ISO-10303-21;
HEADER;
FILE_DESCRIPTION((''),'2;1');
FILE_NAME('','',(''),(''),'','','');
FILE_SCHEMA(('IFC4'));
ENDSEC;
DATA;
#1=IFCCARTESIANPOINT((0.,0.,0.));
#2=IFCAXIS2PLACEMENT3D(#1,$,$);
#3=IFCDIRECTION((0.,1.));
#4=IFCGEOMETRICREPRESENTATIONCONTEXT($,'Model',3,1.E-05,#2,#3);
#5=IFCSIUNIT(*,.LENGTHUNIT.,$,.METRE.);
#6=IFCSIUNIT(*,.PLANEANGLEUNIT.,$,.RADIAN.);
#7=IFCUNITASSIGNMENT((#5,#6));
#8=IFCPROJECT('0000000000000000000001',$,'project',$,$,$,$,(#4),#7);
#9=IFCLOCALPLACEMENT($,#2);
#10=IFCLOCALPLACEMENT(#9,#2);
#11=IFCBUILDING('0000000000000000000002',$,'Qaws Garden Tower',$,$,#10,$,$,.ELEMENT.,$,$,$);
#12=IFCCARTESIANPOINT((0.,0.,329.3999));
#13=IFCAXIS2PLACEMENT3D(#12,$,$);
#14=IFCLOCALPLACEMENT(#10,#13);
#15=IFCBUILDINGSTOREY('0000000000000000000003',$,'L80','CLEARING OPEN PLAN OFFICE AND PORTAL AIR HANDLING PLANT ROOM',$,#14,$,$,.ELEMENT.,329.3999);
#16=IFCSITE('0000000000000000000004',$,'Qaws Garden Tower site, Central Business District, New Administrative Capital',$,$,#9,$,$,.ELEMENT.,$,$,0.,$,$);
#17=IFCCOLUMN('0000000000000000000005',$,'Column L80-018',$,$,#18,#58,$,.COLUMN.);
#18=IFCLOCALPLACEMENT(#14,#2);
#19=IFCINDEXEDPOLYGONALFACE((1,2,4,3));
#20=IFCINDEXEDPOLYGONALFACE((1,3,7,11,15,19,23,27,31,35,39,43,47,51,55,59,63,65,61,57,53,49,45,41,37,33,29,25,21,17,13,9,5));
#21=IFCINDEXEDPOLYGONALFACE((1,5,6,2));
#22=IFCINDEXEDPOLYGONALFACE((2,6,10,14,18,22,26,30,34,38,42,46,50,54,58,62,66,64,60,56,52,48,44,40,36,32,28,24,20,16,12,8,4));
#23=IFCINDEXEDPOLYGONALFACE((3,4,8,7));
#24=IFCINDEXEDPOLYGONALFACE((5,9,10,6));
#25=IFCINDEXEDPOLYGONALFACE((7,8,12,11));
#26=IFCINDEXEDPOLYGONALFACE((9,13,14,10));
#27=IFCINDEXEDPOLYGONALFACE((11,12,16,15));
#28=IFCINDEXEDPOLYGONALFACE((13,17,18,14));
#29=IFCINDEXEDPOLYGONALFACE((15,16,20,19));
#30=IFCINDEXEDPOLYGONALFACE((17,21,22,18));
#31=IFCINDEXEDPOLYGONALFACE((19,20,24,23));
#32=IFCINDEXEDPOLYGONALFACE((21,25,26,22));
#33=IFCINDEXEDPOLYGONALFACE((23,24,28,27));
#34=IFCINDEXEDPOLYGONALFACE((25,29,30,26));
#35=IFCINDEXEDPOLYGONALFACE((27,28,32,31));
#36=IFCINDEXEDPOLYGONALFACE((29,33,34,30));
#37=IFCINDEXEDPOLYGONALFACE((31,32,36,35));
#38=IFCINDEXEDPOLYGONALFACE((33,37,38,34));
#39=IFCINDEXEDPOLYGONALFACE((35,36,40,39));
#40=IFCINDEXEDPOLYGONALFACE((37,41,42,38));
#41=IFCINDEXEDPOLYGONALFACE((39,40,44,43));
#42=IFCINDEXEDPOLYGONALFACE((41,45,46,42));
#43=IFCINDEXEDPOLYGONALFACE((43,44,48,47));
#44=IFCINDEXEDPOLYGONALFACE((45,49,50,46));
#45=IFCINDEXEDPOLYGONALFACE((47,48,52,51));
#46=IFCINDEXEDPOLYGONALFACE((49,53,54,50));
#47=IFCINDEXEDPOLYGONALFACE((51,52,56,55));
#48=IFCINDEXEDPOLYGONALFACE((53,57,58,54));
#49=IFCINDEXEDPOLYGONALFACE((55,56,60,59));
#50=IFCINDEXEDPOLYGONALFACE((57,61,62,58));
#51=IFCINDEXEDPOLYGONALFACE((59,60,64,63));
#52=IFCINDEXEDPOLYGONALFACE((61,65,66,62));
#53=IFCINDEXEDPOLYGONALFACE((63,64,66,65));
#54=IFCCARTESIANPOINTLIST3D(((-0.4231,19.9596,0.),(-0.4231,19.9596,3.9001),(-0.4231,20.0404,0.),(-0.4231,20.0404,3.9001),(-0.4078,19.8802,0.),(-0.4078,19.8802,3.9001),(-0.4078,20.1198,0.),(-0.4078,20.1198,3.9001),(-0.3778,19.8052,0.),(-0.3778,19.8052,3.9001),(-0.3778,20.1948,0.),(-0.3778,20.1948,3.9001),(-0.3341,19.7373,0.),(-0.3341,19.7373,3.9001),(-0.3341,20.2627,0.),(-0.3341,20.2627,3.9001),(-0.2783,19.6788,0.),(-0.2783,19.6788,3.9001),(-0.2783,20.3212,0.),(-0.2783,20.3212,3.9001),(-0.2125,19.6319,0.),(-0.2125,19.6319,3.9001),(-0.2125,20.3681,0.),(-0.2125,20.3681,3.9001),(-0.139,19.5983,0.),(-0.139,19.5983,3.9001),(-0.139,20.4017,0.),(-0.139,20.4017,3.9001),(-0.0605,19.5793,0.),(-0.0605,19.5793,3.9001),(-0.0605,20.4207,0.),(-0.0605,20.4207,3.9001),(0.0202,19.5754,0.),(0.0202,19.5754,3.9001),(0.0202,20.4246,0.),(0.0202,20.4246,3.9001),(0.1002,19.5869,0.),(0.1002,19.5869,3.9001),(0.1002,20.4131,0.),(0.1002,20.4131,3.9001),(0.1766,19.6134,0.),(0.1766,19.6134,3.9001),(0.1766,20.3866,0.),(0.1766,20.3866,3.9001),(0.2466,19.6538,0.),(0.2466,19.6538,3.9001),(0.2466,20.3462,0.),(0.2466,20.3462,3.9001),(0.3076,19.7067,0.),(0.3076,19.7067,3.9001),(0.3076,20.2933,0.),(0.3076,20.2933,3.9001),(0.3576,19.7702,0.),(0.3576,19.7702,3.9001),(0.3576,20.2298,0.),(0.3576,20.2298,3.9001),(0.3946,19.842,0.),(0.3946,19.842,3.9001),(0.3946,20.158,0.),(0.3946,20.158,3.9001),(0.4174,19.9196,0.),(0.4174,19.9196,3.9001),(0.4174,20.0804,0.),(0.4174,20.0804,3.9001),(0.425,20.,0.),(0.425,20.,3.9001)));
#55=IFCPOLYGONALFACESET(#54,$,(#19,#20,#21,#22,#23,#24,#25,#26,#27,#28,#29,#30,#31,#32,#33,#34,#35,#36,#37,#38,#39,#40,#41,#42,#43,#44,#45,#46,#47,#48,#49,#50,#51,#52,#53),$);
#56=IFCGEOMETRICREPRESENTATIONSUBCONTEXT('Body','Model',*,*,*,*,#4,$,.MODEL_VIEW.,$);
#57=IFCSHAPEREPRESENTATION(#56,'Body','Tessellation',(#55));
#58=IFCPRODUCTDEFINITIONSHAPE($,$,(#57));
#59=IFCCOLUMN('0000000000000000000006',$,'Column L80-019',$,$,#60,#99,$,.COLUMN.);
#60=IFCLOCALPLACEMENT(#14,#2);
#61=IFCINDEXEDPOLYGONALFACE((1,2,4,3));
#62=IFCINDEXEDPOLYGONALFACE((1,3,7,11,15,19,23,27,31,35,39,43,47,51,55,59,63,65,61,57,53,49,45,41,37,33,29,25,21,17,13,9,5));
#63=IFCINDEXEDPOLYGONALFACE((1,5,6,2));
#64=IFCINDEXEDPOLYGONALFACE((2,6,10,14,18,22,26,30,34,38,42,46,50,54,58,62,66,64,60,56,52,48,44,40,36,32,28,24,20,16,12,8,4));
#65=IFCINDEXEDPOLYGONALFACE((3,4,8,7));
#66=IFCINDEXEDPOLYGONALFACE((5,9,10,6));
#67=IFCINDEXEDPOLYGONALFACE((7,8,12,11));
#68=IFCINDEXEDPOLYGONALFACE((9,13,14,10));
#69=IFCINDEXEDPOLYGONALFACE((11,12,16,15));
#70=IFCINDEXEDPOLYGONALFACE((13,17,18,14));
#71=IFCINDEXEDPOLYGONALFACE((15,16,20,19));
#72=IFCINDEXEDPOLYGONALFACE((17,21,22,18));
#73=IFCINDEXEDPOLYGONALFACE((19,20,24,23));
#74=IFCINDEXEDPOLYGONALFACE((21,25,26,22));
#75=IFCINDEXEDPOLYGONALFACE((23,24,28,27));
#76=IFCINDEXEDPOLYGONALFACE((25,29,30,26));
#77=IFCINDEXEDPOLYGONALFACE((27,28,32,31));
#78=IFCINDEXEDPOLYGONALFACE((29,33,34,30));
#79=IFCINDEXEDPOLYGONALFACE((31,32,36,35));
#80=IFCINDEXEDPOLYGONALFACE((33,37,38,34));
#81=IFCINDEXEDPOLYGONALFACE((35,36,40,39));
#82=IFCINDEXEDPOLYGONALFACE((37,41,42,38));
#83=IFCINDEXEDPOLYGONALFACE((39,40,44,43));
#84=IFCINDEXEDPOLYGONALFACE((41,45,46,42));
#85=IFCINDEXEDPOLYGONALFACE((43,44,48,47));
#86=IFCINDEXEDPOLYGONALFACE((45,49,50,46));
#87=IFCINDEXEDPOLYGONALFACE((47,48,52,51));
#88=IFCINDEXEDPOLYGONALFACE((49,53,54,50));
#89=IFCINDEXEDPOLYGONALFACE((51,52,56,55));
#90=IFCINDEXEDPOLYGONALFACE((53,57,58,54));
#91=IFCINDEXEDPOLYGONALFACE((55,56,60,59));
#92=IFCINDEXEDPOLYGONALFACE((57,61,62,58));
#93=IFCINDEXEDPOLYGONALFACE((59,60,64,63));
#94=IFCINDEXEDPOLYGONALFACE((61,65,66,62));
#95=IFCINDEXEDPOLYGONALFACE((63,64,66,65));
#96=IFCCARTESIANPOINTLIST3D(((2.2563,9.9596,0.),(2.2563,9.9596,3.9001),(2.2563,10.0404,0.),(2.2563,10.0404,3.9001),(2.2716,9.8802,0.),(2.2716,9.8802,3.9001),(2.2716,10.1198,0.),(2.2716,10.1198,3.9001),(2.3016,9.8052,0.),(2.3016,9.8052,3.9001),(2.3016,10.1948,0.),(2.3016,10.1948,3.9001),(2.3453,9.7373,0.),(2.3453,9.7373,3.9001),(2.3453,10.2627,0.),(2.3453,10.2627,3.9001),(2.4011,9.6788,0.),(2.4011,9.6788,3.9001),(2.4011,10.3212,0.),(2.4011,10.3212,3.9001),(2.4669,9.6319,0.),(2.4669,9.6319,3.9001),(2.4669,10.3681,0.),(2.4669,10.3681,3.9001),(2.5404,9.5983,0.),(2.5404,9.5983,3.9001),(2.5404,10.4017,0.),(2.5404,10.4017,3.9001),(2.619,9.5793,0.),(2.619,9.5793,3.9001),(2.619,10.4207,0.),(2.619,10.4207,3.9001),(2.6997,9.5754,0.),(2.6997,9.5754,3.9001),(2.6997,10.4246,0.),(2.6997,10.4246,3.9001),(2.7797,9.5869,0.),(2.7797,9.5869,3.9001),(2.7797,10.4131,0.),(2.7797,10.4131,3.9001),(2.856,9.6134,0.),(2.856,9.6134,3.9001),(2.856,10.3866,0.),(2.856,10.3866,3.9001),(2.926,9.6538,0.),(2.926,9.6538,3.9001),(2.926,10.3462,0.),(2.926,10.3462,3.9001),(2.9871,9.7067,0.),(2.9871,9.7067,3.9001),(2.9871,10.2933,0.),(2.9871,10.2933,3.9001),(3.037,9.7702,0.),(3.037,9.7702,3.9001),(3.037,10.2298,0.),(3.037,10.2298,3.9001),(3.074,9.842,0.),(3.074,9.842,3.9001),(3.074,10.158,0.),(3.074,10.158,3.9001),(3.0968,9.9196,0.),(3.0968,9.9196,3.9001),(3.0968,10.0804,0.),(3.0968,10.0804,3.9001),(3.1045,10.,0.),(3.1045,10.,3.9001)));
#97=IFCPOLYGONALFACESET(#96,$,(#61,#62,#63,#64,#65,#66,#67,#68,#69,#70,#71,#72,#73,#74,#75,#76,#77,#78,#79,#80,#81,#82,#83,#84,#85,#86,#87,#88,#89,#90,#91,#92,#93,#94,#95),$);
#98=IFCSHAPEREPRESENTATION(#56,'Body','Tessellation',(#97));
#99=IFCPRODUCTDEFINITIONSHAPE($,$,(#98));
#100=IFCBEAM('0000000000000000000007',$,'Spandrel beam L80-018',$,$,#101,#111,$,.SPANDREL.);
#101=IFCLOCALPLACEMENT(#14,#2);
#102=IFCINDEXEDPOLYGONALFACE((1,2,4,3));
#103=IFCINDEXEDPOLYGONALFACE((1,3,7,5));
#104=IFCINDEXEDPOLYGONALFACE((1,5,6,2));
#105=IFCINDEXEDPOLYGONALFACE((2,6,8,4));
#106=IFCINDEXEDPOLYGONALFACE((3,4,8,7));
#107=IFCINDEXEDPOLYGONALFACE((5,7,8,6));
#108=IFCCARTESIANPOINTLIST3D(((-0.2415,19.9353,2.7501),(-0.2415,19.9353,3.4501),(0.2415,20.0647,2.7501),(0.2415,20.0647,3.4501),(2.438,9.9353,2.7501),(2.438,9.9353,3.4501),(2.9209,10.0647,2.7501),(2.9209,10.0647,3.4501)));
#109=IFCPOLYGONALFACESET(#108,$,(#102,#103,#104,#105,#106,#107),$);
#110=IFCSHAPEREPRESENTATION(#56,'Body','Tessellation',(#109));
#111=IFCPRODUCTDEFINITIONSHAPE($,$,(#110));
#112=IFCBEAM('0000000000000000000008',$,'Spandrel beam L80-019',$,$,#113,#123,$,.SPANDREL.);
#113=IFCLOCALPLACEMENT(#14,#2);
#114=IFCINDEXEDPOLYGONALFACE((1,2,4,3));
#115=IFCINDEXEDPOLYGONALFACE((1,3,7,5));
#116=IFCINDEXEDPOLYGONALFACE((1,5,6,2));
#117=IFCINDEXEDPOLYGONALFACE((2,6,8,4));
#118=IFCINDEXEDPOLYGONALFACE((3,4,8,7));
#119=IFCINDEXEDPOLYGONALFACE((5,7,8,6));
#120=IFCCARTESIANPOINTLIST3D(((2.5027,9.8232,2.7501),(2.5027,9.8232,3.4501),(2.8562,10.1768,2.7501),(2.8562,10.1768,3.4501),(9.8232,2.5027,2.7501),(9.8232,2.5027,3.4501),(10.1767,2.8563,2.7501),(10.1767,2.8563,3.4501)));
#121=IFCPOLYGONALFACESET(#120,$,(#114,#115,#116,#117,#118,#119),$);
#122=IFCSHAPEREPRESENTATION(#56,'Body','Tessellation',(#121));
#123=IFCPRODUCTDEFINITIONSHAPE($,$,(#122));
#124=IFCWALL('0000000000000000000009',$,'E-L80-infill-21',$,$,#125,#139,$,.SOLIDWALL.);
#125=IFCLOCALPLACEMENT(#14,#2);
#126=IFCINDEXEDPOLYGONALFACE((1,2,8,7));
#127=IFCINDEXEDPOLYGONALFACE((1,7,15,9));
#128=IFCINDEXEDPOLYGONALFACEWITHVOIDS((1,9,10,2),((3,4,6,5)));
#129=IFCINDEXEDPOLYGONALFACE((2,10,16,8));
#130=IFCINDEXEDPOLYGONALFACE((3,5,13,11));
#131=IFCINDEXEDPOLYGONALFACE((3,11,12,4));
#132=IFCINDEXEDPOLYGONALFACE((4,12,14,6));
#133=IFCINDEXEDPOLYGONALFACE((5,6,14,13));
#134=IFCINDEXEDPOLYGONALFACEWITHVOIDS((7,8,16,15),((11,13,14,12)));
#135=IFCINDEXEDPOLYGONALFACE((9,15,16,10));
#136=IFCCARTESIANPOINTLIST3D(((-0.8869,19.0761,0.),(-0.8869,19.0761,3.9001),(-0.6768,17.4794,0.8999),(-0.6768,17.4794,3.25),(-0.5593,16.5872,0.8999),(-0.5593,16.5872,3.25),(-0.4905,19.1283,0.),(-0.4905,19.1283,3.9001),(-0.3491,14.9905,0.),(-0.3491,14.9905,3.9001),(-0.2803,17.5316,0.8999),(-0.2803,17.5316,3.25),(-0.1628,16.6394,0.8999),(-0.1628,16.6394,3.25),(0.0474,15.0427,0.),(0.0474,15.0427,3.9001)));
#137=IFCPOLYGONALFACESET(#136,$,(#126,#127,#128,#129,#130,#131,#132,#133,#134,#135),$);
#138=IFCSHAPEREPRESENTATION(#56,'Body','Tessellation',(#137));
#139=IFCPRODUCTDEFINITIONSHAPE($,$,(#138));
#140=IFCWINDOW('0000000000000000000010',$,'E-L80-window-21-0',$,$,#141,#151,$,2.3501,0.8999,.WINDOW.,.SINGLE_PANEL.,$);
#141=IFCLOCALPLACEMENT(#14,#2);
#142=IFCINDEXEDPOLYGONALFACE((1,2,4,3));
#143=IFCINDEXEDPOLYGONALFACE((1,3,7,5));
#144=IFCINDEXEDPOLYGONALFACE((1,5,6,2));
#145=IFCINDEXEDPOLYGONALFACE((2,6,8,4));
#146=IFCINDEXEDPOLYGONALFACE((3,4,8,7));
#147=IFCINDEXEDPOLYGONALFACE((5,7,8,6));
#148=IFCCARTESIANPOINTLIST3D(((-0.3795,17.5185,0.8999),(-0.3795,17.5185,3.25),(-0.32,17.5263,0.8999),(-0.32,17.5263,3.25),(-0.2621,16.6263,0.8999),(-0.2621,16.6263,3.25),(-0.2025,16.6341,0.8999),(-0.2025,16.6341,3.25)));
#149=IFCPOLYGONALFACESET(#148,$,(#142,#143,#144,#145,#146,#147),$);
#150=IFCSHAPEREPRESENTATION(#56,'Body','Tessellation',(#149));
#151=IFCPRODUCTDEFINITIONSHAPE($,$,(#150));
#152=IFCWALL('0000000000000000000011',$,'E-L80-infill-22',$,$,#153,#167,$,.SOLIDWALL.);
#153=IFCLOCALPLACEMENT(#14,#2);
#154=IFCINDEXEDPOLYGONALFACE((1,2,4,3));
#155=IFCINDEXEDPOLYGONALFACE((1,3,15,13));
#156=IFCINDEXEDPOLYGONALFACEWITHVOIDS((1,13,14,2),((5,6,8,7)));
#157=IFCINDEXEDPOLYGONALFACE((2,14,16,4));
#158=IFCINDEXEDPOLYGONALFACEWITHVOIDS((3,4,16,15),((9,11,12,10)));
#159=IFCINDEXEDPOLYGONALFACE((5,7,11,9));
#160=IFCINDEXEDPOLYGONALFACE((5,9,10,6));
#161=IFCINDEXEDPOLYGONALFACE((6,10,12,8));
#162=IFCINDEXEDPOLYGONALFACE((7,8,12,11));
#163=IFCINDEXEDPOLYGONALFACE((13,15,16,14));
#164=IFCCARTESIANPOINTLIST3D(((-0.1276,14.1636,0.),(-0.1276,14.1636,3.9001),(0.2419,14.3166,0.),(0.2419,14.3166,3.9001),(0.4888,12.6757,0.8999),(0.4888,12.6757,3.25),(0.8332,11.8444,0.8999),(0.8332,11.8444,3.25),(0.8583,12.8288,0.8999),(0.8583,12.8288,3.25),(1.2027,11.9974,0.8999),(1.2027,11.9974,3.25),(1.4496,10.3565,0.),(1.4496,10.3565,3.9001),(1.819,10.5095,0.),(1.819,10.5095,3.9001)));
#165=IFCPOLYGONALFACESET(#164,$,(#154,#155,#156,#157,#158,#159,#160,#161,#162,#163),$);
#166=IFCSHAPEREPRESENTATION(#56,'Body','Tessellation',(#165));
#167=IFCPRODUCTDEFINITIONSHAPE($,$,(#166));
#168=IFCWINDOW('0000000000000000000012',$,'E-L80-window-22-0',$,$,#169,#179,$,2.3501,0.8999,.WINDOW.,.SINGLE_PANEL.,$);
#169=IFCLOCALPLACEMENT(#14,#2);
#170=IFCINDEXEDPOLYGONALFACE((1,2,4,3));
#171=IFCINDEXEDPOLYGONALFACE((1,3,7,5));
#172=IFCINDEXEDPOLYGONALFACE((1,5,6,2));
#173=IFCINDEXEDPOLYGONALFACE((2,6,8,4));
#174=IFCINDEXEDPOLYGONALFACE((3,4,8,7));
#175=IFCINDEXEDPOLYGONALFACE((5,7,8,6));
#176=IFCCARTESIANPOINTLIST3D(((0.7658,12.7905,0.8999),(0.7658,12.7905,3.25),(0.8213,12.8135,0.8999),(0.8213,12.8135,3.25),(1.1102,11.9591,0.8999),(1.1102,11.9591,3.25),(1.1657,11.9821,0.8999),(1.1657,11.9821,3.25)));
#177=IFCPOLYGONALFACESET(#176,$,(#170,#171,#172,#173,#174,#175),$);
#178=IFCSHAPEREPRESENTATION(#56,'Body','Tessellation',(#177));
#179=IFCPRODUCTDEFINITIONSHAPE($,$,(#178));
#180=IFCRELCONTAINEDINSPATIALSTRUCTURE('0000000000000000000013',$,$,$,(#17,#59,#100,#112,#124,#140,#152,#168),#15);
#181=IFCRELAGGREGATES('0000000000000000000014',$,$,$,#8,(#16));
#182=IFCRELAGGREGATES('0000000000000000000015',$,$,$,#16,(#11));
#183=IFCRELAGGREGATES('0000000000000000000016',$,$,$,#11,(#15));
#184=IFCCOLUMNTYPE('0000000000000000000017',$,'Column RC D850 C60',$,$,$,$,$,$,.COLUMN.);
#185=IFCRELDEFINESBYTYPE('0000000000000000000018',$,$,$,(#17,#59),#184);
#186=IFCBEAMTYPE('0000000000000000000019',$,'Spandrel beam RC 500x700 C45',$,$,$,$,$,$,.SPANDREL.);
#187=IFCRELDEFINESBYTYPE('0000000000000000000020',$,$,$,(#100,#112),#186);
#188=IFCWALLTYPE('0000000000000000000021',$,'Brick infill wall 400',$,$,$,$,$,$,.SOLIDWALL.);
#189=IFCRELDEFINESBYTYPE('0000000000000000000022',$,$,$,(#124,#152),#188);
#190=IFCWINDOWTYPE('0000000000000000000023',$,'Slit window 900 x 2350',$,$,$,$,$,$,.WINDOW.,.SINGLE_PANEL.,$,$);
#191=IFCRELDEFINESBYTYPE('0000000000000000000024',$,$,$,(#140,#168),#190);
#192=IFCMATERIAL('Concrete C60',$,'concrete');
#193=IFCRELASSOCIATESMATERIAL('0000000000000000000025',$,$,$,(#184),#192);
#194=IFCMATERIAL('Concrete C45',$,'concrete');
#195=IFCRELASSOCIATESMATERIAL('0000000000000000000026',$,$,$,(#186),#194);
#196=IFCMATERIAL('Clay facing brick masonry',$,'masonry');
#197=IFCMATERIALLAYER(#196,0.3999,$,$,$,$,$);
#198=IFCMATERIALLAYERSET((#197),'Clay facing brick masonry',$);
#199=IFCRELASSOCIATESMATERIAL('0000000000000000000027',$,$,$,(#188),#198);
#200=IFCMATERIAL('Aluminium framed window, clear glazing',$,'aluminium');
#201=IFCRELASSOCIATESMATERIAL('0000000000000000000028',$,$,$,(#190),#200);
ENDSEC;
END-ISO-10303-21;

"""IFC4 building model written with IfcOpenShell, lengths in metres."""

from ifc_helpers import new_model, si_unit, direction, frame, frame_2d, origin, origin_2d, place, context, subcontext, project, spatial, rectangle, circle, extrude, material, layer, layer_set, material_profile, profile_set, type_object, element, fill, save


model = new_model("IFC4")

# Units and contexts
model_context = context("Model", 3, precision=1e-05, world=origin(), true_north=direction((0.0, 1.0)))
body_context = subcontext(model_context, "Body", "Model", "MODEL_VIEW")
ifc_project = project(units=[si_unit("LENGTHUNIT", "METRE"), si_unit("PLANEANGLEUNIT", "RADIAN")], contexts=[model_context])

# Site, building, storey
site_placement = place(None, origin())
site = spatial("IfcSite", under=ifc_project, at=site_placement, Name="Qaws Garden Tower site, Central Business District, New Administrative Capital", CompositionType="ELEMENT", RefElevation=0.0)
building_placement = place(site_placement, origin())
building = spatial("IfcBuilding", under=site, at=building_placement, Name="Qaws Garden Tower", CompositionType="ELEMENT")
storey_placement = place(building_placement, frame((0.0, 0.0, 329.3999)))
storey = spatial("IfcBuildingStorey", under=building, at=storey_placement, Name="L80", Description="CLEARING OPEN PLAN OFFICE AND PORTAL AIR HANDLING PLANT ROOM", CompositionType="ELEMENT", Elevation=329.3999)

# Columns
ifc_material_1 = material(Name="Concrete C60", Category="concrete")
ifc_material_profile_1 = material_profile(ifc_material_1, circle(Radius=0.425, at=origin_2d()), Name="RC D850")
ifc_profile_set_1 = profile_set([ifc_material_profile_1], Name="Concrete C60")
column_type = type_object("IfcColumnType", Name="Column RC D850 C60", PredefinedType="COLUMN", material=ifc_profile_set_1)
for number, where, z_axis, x_axis, name in (
    (1, (0.0, 20.0, 0.0), (0.0, 0.0, 1.0), (1.0, 0.0, 0.0), "Column L80-018"),
    (2, (2.6794, 10.0, 0.0), (0.0, 0.0, 1.0), (1.0, 0.0, 0.0), "Column L80-019"),
):
    element("IfcColumn", number, at=place(storey_placement, frame(where, z_axis=z_axis, x_axis=x_axis)), inside=storey, type_object=column_type, Name=name, PredefinedType="COLUMN", context=body_context, shape_type="SweptSolid", body=[
        extrude(circle(Radius=0.425, at=origin_2d()), origin(), (0.0, 0.0, 1.0), 3.9001),
    ])

# Beams
ifc_material_2 = material(Name="Concrete C45", Category="concrete")
ifc_material_profile_2 = material_profile(ifc_material_2, rectangle(XDim=0.5, YDim=0.7, at=origin_2d()), Name="RC 500x700")
ifc_profile_set_2 = profile_set([ifc_material_profile_2], Name="Concrete C45")
beam_type = type_object("IfcBeamType", Name="Spandrel beam RC 500x700 C45", PredefinedType="SPANDREL", material=ifc_profile_set_2)
for number, where, z_axis, x_axis, name in (
    (3, (0.0, 20.0, 3.1001), (0.258815, -0.965927, 0.0), (0.965927, 0.258815, 0.0), "Spandrel beam L80-018"),
    (4, (2.6794, 10.0, 3.1001), (0.707107, -0.707107, 0.0), (0.707107, 0.707107, 0.0), "Spandrel beam L80-019"),
):
    element("IfcBeam", number, at=place(storey_placement, frame(where, z_axis=z_axis, x_axis=x_axis)), inside=storey, type_object=beam_type, Name=name, PredefinedType="SPANDREL", context=body_context, shape_type="SweptSolid", body=[
        extrude(rectangle(XDim=0.5, YDim=0.7, at=origin_2d()), origin(), (0.0, 0.0, 1.0), 10.3528),
    ])

# Walls, openings, windows
ifc_material_3 = material(Name="Clay facing brick masonry", Category="masonry")
ifc_layer_1 = layer(ifc_material_3, 0.3999)
ifc_layer_set_1 = layer_set([ifc_layer_1], Name="Clay facing brick masonry")
wall_type_1 = type_object("IfcWallType", Name="Brick infill wall 400", PredefinedType="SOLIDWALL", material=ifc_layer_set_1)
wall_1_placement = place(storey_placement, frame((-0.6887, 19.1023, 0.0), z_axis=(0.0, 0.0, 1.0), x_axis=(0.130514, -0.991446, 0.0)))
wall_1 = element("IfcWall", 5, at=wall_1_placement, inside=storey, type_object=wall_type_1, Name="E-L80-infill-21", PredefinedType="SOLIDWALL", context=body_context, shape_type="SweptSolid", body=[
    extrude(rectangle(XDim=4.1208, YDim=0.3999, at=frame_2d((2.0605, 0.0))), origin(), (0.0, 0.0, 1.0), 3.9001),
])
opening_1_placement = place(wall_1_placement, frame((1.6106, 0.0, 0.8999)))
opening_1 = element("IfcOpeningElement", 6, at=opening_1_placement, cuts=wall_1, PredefinedType="OPENING", context=body_context, shape_type="SweptSolid", body=[
    extrude(rectangle(XDim=0.8999, YDim=2.3501, at=frame_2d((0.45, 1.175))), frame((0.0, 0.21, 0.0), z_axis=(0.0, -1.0, 0.0), x_axis=(1.0, 0.0, 0.0)), (0.0, 0.0, 1.0), 0.4199),
])
ifc_material_4 = material(Name="Aluminium framed window, clear glazing", Category="aluminium")
window_type = type_object("IfcWindowType", Name="Slit window 900 x 2350", PartitioningType="SINGLE_PANEL", PredefinedType="WINDOW", material=ifc_material_4)
window_1_placement = place(opening_1_placement, origin())
window_1 = element("IfcWindow", 7, at=window_1_placement, inside=storey, type_object=window_type, Name="E-L80-window-21-0", OverallHeight=2.3501, OverallWidth=0.8999, PartitioningType="SINGLE_PANEL", PredefinedType="WINDOW", context=body_context, shape_type="SweptSolid", body=[
    extrude(rectangle(XDim=0.8999, YDim=2.3501, at=frame_2d((0.45, 1.175))), frame((0.0, 0.1599, 0.0), z_axis=(0.0, -1.0, 0.0), x_axis=(1.0, 0.0, 0.0)), (0.0, 0.0, 1.0), 0.0601),
])
fill(opening_1, window_1)
wall_2_placement = place(storey_placement, frame((0.0571, 14.2402, 0.0), z_axis=(0.0, 0.0, 1.0), x_axis=(0.382722, -0.923864, 0.0)))
wall_2 = element("IfcWall", 8, at=wall_2_placement, inside=storey, type_object=wall_type_1, Name="E-L80-infill-22", PredefinedType="SOLIDWALL", context=body_context, shape_type="SweptSolid", body=[
    extrude(rectangle(XDim=4.1208, YDim=0.3999, at=frame_2d((2.0605, 0.0))), origin(), (0.0, 0.0, 1.0), 3.9001),
])
opening_2_placement = place(wall_2_placement, frame((1.6106, 0.0, 0.8999)))
opening_2 = element("IfcOpeningElement", 9, at=opening_2_placement, cuts=wall_2, PredefinedType="OPENING", context=body_context, shape_type="SweptSolid", body=[
    extrude(rectangle(XDim=0.8999, YDim=2.3501, at=frame_2d((0.45, 1.175))), frame((0.0, 0.21, 0.0), z_axis=(0.0, -1.0, 0.0), x_axis=(1.0, 0.0, 0.0)), (0.0, 0.0, 1.0), 0.4199),
])
window_2_placement = place(opening_2_placement, origin())
window_2 = element("IfcWindow", 10, at=window_2_placement, inside=storey, type_object=window_type, Name="E-L80-window-22-0", OverallHeight=2.3501, OverallWidth=0.8999, PartitioningType="SINGLE_PANEL", PredefinedType="WINDOW", context=body_context, shape_type="SweptSolid", body=[
    extrude(rectangle(XDim=0.8999, YDim=2.3501, at=frame_2d((0.45, 1.175))), frame((0.0, 0.1599, 0.0), z_axis=(0.0, -1.0, 0.0), x_axis=(1.0, 0.0, 0.0)), (0.0, 0.0, 1.0), 0.0601),
])
fill(opening_2, window_2)

save(model, "model.ifc")
